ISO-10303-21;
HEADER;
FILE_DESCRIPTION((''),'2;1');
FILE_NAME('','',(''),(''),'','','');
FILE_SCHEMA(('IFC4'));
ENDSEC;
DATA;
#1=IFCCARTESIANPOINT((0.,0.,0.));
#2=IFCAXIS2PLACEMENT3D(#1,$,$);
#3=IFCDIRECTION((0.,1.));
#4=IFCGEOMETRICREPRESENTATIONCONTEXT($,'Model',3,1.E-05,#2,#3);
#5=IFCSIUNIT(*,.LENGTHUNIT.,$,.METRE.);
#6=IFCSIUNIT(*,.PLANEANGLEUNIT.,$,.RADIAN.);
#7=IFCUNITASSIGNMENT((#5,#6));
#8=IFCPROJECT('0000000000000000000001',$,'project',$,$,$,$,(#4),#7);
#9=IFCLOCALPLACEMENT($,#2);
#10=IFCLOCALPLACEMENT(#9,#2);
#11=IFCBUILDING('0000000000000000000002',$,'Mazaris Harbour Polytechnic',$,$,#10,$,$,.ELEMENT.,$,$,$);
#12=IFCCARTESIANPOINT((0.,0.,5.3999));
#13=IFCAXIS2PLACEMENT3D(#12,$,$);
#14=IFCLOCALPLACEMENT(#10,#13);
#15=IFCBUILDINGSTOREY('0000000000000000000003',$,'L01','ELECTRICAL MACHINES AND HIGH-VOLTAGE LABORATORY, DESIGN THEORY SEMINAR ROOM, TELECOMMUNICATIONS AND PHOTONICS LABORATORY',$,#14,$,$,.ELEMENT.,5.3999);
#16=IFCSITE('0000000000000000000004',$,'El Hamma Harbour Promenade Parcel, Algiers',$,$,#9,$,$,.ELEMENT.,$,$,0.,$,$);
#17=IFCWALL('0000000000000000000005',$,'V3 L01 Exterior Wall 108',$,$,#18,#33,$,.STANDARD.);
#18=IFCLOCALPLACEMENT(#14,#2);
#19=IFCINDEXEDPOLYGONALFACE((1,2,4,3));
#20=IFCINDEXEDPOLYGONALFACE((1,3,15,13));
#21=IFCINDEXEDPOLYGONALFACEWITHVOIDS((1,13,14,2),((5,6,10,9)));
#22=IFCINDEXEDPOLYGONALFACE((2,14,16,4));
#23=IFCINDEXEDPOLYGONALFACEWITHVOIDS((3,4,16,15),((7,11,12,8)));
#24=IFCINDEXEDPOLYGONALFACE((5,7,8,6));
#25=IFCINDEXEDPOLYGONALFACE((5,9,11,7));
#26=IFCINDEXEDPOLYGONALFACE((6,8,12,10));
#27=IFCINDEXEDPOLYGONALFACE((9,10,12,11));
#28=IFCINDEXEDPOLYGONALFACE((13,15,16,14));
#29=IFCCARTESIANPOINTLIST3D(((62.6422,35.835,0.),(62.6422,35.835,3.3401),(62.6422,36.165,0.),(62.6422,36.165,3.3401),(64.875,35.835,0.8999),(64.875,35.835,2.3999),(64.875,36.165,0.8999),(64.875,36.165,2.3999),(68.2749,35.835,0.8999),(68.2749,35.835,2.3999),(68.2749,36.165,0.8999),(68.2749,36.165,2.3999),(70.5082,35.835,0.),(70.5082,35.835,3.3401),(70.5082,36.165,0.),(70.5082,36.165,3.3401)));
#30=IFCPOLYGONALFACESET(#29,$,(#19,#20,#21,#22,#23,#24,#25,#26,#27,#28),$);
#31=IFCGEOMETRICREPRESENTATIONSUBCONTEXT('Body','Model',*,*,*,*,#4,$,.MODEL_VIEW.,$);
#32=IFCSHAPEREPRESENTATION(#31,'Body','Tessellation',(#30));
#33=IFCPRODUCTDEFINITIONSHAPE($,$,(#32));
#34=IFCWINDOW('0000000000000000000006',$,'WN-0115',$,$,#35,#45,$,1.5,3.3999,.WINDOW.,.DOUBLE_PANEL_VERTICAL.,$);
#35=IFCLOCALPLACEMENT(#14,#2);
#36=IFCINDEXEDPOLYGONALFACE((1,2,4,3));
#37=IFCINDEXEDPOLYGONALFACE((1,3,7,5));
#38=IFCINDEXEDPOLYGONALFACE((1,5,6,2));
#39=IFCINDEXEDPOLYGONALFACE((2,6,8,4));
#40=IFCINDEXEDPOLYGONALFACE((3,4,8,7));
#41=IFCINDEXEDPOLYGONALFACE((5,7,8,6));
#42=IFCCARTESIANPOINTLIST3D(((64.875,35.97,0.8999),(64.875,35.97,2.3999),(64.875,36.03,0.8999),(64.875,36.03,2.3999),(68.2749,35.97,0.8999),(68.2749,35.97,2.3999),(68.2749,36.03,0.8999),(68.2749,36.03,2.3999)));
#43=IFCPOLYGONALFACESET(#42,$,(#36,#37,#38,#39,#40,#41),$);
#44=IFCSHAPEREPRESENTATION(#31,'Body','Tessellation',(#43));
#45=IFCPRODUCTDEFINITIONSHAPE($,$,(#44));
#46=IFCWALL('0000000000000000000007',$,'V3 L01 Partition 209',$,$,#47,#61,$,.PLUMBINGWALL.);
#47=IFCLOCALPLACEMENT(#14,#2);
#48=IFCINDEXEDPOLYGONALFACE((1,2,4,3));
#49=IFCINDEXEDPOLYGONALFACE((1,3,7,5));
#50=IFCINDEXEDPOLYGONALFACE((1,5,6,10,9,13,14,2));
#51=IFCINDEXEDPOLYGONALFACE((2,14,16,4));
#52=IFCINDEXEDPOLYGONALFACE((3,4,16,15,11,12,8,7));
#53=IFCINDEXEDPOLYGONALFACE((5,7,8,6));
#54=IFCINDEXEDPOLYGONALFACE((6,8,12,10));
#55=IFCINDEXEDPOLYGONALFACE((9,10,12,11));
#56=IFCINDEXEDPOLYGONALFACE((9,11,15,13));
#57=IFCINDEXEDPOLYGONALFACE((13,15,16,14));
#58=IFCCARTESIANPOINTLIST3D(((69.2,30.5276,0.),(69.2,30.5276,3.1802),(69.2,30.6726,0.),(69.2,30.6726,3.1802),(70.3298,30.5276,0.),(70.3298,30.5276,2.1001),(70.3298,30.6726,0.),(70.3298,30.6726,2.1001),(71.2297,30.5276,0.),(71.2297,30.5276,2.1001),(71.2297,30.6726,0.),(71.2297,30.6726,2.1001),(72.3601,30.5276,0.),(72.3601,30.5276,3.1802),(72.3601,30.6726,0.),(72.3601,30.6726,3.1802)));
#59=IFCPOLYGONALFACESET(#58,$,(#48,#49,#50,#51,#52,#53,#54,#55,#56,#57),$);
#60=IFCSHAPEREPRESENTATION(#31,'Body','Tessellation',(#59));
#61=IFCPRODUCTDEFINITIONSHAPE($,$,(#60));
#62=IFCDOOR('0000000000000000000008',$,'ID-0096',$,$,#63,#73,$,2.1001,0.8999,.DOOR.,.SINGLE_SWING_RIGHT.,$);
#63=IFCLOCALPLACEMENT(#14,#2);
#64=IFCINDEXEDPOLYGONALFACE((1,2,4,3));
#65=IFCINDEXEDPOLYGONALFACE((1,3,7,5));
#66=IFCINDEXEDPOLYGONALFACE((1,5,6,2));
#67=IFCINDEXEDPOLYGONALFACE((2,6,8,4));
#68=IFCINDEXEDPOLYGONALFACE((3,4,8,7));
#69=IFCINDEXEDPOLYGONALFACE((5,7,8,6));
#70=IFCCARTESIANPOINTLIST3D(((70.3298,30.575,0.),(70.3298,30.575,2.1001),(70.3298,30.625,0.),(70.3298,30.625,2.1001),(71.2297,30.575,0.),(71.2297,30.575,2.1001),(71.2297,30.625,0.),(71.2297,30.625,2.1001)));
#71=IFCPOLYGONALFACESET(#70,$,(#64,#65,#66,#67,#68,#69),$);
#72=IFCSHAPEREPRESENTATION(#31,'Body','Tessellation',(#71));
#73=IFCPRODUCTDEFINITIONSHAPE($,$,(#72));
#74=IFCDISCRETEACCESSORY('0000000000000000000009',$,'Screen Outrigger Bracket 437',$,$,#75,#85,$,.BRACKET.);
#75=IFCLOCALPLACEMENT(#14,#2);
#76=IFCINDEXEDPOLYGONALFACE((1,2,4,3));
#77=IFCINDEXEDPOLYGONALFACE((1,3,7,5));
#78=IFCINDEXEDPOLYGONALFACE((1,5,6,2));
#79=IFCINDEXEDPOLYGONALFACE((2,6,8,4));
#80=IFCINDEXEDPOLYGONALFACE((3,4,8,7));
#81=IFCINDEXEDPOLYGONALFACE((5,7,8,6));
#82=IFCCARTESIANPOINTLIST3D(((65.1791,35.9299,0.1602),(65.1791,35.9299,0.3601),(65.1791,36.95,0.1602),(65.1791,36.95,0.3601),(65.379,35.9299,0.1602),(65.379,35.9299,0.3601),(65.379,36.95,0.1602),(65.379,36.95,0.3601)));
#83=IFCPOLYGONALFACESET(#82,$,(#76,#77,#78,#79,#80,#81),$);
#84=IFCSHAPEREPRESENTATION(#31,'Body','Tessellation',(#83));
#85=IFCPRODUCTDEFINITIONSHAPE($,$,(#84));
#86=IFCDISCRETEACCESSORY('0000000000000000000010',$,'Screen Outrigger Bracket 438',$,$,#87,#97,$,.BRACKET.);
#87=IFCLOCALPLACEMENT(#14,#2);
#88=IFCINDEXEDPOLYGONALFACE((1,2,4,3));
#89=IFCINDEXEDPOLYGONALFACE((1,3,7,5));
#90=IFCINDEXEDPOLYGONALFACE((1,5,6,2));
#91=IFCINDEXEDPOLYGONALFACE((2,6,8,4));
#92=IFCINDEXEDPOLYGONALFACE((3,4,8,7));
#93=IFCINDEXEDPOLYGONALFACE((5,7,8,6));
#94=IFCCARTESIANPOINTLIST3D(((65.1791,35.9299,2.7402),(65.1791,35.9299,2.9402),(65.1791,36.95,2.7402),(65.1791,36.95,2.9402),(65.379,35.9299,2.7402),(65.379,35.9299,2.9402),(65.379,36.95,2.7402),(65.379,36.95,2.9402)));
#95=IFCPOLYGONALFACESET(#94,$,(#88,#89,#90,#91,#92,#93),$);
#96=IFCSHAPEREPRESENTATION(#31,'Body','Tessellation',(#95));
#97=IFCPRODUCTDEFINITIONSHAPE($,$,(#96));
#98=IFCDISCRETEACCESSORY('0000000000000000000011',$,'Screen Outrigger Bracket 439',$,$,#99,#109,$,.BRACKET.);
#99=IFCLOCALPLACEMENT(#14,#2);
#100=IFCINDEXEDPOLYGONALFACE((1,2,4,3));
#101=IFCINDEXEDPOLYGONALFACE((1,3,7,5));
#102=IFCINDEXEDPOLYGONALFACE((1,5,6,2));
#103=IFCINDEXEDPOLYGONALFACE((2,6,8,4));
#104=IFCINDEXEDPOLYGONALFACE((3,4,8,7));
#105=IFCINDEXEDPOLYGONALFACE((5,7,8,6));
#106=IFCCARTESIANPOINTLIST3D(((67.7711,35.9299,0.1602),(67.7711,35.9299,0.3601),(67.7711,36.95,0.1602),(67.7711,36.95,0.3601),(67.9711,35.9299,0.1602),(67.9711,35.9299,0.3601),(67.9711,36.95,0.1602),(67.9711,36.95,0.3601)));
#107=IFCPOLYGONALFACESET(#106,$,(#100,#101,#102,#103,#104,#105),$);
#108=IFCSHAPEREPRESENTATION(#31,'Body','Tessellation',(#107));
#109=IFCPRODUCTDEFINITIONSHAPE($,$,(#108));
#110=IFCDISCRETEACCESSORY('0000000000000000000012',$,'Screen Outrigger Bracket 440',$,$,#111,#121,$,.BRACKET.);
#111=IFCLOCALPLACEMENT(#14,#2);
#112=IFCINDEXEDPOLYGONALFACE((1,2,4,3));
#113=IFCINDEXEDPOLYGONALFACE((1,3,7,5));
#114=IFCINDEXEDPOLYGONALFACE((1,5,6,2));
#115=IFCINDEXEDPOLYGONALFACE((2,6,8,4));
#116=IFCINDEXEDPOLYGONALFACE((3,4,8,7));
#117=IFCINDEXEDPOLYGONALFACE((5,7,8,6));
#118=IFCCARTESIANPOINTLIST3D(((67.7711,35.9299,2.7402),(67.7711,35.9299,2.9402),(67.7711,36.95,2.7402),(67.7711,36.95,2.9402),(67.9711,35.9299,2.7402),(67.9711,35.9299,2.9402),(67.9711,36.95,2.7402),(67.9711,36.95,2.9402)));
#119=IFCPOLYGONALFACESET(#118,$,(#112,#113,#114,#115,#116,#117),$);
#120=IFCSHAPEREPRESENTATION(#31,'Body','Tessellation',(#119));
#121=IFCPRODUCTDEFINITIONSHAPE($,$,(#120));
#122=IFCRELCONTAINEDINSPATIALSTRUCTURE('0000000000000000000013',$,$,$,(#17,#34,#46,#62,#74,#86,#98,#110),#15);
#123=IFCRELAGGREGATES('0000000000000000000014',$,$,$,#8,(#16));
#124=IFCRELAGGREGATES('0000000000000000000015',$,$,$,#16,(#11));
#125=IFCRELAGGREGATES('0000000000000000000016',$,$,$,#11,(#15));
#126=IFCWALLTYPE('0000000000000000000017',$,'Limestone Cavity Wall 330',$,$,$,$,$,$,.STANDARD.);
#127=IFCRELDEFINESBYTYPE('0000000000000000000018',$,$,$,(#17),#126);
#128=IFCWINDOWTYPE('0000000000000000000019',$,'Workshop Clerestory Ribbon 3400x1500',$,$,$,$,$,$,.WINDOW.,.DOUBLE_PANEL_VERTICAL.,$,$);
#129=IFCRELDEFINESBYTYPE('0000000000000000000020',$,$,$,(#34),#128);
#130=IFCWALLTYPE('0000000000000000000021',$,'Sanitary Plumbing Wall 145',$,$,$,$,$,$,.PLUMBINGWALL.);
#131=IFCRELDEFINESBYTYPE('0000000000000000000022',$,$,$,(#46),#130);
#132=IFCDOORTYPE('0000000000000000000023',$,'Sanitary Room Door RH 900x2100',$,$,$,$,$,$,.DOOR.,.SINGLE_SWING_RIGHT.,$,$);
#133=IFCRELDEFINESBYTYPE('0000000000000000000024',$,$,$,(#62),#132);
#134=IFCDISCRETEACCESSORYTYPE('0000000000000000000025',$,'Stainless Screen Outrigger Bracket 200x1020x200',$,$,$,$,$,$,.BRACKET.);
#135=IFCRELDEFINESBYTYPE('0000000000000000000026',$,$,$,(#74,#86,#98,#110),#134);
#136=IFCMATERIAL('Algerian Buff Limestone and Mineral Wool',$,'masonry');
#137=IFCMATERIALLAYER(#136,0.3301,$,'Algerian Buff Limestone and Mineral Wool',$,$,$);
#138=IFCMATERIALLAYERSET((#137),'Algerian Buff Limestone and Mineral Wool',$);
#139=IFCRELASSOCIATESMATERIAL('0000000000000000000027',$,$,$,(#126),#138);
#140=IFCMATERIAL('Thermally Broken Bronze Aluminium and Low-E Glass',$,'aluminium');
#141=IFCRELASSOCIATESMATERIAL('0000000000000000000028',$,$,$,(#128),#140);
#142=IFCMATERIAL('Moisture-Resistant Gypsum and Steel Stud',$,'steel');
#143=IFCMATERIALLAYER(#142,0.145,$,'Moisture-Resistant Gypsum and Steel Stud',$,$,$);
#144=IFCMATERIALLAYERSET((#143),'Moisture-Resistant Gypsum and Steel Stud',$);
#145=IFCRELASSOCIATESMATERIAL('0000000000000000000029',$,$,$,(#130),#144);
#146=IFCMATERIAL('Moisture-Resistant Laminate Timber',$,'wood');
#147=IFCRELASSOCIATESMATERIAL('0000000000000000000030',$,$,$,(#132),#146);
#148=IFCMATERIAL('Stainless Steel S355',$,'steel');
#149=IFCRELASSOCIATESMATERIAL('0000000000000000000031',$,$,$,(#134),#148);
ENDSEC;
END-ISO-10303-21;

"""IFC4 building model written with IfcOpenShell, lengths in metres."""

from ifc_helpers import new_model, si_unit, direction, frame, frame_2d, origin, origin_2d, place, context, subcontext, project, spatial, rectangle, extrude, material, layer, layer_set, type_object, element, fill, save


model = new_model("IFC4")

# Units and contexts
model_context = context("Model", 3, precision=1e-05, world=origin(), true_north=direction((0.0, 1.0)))
body_context = subcontext(model_context, "Body", "Model", "MODEL_VIEW")
ifc_project = project(units=[si_unit("LENGTHUNIT", "METRE"), si_unit("PLANEANGLEUNIT", "RADIAN")], contexts=[model_context])

# Site, building, storey
site_placement = place(None, origin())
site = spatial("IfcSite", under=ifc_project, at=site_placement, Name="El Hamma Harbour Promenade Parcel, Algiers", CompositionType="ELEMENT", RefElevation=0.0)
building_placement = place(site_placement, origin())
building = spatial("IfcBuilding", under=site, at=building_placement, Name="Mazaris Harbour Polytechnic", CompositionType="ELEMENT")
storey_placement = place(building_placement, frame((0.0, 0.0, 5.3999)))
storey = spatial("IfcBuildingStorey", under=building, at=storey_placement, Name="L01", Description="ELECTRICAL MACHINES AND HIGH-VOLTAGE LABORATORY, DESIGN THEORY SEMINAR ROOM, TELECOMMUNICATIONS AND PHOTONICS LABORATORY", CompositionType="ELEMENT", Elevation=5.3999)

# Wall, opening, window
ifc_material_1 = material(Name="Algerian Buff Limestone and Mineral Wool", Category="masonry")
ifc_layer_1 = layer(ifc_material_1, 0.3301, Name="Algerian Buff Limestone and Mineral Wool")
ifc_layer_set_1 = layer_set([ifc_layer_1], Name="Algerian Buff Limestone and Mineral Wool")
wall_type_1 = type_object("IfcWallType", Name="Limestone Cavity Wall 330", PredefinedType="STANDARD", material=ifc_layer_set_1)
wall_1_placement = place(storey_placement, frame((62.6421, 36.0, 0.0), z_axis=(0.0, 0.0, 1.0), x_axis=(1.0, 0.0, 0.0)))
wall_1 = element("IfcWall", 1, at=wall_1_placement, inside=storey, type_object=wall_type_1, Name="V3 L01 Exterior Wall 108", PredefinedType="STANDARD", context=body_context, shape_type="SweptSolid", body=[
    extrude(rectangle(XDim=7.866, YDim=0.3301, at=frame_2d((3.9331, 0.0))), origin(), (0.0, 0.0, 1.0), 3.3401),
])
opening_1_placement = place(wall_1_placement, frame((2.2329, 0.0, 0.8999)))
opening_1 = element("IfcOpeningElement", 2, at=opening_1_placement, cuts=wall_1, PredefinedType="OPENING", context=body_context, shape_type="SweptSolid", body=[
    extrude(rectangle(XDim=3.3999, YDim=1.5, at=frame_2d((1.7, 0.75))), frame((0.0, 0.175, 0.0), z_axis=(0.0, -1.0, 0.0), x_axis=(1.0, 0.0, 0.0)), (0.0, 0.0, 1.0), 0.3501),
])
ifc_material_2 = material(Name="Thermally Broken Bronze Aluminium and Low-E Glass", Category="aluminium")
window_type = type_object("IfcWindowType", Name="Workshop Clerestory Ribbon 3400x1500", PartitioningType="DOUBLE_PANEL_VERTICAL", PredefinedType="WINDOW", material=ifc_material_2)
window_placement = place(opening_1_placement, origin())
window = element("IfcWindow", 3, at=window_placement, inside=storey, type_object=window_type, Name="WN-0115", OverallHeight=1.5, OverallWidth=3.3999, PartitioningType="DOUBLE_PANEL_VERTICAL", PredefinedType="WINDOW", context=body_context, shape_type="SweptSolid", body=[
    extrude(rectangle(XDim=3.3999, YDim=1.5, at=frame_2d((1.7, 0.75))), frame((0.0, 0.03, 0.0), z_axis=(0.0, -1.0, 0.0), x_axis=(1.0, 0.0, 0.0)), (0.0, 0.0, 1.0), 0.0601),
])
fill(opening_1, window)

# Wall, opening, door
ifc_material_3 = material(Name="Moisture-Resistant Gypsum and Steel Stud", Category="steel")
ifc_layer_2 = layer(ifc_material_3, 0.145, Name="Moisture-Resistant Gypsum and Steel Stud")
ifc_layer_set_2 = layer_set([ifc_layer_2], Name="Moisture-Resistant Gypsum and Steel Stud")
wall_type_2 = type_object("IfcWallType", Name="Sanitary Plumbing Wall 145", PredefinedType="PLUMBINGWALL", material=ifc_layer_set_2)
wall_2_placement = place(storey_placement, frame((69.2, 30.6001, 0.0), z_axis=(0.0, 0.0, 1.0), x_axis=(1.0, 0.0, 0.0)))
wall_2 = element("IfcWall", 4, at=wall_2_placement, inside=storey, type_object=wall_type_2, Name="V3 L01 Partition 209", PredefinedType="PLUMBINGWALL", context=body_context, shape_type="SweptSolid", body=[
    extrude(rectangle(XDim=3.1602, YDim=0.145, at=frame_2d((1.5801, 0.0))), origin(), (0.0, 0.0, 1.0), 3.1802),
])
opening_2_placement = place(wall_2_placement, frame((1.1299, 0.0, 0.0)))
opening_2 = element("IfcOpeningElement", 5, at=opening_2_placement, cuts=wall_2, PredefinedType="OPENING", context=body_context, shape_type="SweptSolid", body=[
    extrude(rectangle(XDim=0.8999, YDim=2.1001, at=frame_2d((0.45, 1.05))), frame((0.0, 0.0825, 0.0), z_axis=(0.0, -1.0, 0.0), x_axis=(1.0, 0.0, 0.0)), (0.0, 0.0, 1.0), 0.165),
])
ifc_material_4 = material(Name="Moisture-Resistant Laminate Timber", Category="wood")
door_type = type_object("IfcDoorType", Name="Sanitary Room Door RH 900x2100", OperationType="SINGLE_SWING_RIGHT", PredefinedType="DOOR", material=ifc_material_4)
door_placement = place(opening_2_placement, origin())
door = element("IfcDoor", 6, at=door_placement, inside=storey, type_object=door_type, Name="ID-0096", OperationType="SINGLE_SWING_RIGHT", OverallHeight=2.1001, OverallWidth=0.8999, PredefinedType="DOOR", context=body_context, shape_type="SweptSolid", body=[
    extrude(rectangle(XDim=0.8999, YDim=2.1001, at=frame_2d((0.45, 1.05))), frame((0.0, 0.0249, 0.0), z_axis=(0.0, -1.0, 0.0), x_axis=(1.0, 0.0, 0.0)), (0.0, 0.0, 1.0), 0.05),
])
fill(opening_2, door)

# Discrete accessories
ifc_material_5 = material(Name="Stainless Steel S355", Category="steel")
discrete_accessory_type = type_object("IfcDiscreteAccessoryType", Name="Stainless Screen Outrigger Bracket 200x1020x200", PredefinedType="BRACKET", material=ifc_material_5)
for number, where, z_axis, x_axis, name in (
    (7, (65.2791, 36.4399, 0.1602), (0.0, 0.0, 1.0), (1.0, 0.0, 0.0), "Screen Outrigger Bracket 437"),
    (8, (65.2791, 36.4399, 2.7402), (0.0, 0.0, 1.0), (1.0, 0.0, 0.0), "Screen Outrigger Bracket 438"),
    (9, (67.8711, 36.4399, 0.1602), (0.0, 0.0, 1.0), (1.0, 0.0, 0.0), "Screen Outrigger Bracket 439"),
    (10, (67.8711, 36.4399, 2.7402), (0.0, 0.0, 1.0), (1.0, 0.0, 0.0), "Screen Outrigger Bracket 440"),
):
    element("IfcDiscreteAccessory", number, at=place(storey_placement, frame(where, z_axis=z_axis, x_axis=x_axis)), inside=storey, type_object=discrete_accessory_type, Name=name, PredefinedType="BRACKET", context=body_context, shape_type="SweptSolid", body=[
        extrude(rectangle(XDim=0.2, YDim=1.02, at=origin_2d()), origin(), (0.0, 0.0, 1.0), 0.2),
    ])

save(model, "model.ifc")
